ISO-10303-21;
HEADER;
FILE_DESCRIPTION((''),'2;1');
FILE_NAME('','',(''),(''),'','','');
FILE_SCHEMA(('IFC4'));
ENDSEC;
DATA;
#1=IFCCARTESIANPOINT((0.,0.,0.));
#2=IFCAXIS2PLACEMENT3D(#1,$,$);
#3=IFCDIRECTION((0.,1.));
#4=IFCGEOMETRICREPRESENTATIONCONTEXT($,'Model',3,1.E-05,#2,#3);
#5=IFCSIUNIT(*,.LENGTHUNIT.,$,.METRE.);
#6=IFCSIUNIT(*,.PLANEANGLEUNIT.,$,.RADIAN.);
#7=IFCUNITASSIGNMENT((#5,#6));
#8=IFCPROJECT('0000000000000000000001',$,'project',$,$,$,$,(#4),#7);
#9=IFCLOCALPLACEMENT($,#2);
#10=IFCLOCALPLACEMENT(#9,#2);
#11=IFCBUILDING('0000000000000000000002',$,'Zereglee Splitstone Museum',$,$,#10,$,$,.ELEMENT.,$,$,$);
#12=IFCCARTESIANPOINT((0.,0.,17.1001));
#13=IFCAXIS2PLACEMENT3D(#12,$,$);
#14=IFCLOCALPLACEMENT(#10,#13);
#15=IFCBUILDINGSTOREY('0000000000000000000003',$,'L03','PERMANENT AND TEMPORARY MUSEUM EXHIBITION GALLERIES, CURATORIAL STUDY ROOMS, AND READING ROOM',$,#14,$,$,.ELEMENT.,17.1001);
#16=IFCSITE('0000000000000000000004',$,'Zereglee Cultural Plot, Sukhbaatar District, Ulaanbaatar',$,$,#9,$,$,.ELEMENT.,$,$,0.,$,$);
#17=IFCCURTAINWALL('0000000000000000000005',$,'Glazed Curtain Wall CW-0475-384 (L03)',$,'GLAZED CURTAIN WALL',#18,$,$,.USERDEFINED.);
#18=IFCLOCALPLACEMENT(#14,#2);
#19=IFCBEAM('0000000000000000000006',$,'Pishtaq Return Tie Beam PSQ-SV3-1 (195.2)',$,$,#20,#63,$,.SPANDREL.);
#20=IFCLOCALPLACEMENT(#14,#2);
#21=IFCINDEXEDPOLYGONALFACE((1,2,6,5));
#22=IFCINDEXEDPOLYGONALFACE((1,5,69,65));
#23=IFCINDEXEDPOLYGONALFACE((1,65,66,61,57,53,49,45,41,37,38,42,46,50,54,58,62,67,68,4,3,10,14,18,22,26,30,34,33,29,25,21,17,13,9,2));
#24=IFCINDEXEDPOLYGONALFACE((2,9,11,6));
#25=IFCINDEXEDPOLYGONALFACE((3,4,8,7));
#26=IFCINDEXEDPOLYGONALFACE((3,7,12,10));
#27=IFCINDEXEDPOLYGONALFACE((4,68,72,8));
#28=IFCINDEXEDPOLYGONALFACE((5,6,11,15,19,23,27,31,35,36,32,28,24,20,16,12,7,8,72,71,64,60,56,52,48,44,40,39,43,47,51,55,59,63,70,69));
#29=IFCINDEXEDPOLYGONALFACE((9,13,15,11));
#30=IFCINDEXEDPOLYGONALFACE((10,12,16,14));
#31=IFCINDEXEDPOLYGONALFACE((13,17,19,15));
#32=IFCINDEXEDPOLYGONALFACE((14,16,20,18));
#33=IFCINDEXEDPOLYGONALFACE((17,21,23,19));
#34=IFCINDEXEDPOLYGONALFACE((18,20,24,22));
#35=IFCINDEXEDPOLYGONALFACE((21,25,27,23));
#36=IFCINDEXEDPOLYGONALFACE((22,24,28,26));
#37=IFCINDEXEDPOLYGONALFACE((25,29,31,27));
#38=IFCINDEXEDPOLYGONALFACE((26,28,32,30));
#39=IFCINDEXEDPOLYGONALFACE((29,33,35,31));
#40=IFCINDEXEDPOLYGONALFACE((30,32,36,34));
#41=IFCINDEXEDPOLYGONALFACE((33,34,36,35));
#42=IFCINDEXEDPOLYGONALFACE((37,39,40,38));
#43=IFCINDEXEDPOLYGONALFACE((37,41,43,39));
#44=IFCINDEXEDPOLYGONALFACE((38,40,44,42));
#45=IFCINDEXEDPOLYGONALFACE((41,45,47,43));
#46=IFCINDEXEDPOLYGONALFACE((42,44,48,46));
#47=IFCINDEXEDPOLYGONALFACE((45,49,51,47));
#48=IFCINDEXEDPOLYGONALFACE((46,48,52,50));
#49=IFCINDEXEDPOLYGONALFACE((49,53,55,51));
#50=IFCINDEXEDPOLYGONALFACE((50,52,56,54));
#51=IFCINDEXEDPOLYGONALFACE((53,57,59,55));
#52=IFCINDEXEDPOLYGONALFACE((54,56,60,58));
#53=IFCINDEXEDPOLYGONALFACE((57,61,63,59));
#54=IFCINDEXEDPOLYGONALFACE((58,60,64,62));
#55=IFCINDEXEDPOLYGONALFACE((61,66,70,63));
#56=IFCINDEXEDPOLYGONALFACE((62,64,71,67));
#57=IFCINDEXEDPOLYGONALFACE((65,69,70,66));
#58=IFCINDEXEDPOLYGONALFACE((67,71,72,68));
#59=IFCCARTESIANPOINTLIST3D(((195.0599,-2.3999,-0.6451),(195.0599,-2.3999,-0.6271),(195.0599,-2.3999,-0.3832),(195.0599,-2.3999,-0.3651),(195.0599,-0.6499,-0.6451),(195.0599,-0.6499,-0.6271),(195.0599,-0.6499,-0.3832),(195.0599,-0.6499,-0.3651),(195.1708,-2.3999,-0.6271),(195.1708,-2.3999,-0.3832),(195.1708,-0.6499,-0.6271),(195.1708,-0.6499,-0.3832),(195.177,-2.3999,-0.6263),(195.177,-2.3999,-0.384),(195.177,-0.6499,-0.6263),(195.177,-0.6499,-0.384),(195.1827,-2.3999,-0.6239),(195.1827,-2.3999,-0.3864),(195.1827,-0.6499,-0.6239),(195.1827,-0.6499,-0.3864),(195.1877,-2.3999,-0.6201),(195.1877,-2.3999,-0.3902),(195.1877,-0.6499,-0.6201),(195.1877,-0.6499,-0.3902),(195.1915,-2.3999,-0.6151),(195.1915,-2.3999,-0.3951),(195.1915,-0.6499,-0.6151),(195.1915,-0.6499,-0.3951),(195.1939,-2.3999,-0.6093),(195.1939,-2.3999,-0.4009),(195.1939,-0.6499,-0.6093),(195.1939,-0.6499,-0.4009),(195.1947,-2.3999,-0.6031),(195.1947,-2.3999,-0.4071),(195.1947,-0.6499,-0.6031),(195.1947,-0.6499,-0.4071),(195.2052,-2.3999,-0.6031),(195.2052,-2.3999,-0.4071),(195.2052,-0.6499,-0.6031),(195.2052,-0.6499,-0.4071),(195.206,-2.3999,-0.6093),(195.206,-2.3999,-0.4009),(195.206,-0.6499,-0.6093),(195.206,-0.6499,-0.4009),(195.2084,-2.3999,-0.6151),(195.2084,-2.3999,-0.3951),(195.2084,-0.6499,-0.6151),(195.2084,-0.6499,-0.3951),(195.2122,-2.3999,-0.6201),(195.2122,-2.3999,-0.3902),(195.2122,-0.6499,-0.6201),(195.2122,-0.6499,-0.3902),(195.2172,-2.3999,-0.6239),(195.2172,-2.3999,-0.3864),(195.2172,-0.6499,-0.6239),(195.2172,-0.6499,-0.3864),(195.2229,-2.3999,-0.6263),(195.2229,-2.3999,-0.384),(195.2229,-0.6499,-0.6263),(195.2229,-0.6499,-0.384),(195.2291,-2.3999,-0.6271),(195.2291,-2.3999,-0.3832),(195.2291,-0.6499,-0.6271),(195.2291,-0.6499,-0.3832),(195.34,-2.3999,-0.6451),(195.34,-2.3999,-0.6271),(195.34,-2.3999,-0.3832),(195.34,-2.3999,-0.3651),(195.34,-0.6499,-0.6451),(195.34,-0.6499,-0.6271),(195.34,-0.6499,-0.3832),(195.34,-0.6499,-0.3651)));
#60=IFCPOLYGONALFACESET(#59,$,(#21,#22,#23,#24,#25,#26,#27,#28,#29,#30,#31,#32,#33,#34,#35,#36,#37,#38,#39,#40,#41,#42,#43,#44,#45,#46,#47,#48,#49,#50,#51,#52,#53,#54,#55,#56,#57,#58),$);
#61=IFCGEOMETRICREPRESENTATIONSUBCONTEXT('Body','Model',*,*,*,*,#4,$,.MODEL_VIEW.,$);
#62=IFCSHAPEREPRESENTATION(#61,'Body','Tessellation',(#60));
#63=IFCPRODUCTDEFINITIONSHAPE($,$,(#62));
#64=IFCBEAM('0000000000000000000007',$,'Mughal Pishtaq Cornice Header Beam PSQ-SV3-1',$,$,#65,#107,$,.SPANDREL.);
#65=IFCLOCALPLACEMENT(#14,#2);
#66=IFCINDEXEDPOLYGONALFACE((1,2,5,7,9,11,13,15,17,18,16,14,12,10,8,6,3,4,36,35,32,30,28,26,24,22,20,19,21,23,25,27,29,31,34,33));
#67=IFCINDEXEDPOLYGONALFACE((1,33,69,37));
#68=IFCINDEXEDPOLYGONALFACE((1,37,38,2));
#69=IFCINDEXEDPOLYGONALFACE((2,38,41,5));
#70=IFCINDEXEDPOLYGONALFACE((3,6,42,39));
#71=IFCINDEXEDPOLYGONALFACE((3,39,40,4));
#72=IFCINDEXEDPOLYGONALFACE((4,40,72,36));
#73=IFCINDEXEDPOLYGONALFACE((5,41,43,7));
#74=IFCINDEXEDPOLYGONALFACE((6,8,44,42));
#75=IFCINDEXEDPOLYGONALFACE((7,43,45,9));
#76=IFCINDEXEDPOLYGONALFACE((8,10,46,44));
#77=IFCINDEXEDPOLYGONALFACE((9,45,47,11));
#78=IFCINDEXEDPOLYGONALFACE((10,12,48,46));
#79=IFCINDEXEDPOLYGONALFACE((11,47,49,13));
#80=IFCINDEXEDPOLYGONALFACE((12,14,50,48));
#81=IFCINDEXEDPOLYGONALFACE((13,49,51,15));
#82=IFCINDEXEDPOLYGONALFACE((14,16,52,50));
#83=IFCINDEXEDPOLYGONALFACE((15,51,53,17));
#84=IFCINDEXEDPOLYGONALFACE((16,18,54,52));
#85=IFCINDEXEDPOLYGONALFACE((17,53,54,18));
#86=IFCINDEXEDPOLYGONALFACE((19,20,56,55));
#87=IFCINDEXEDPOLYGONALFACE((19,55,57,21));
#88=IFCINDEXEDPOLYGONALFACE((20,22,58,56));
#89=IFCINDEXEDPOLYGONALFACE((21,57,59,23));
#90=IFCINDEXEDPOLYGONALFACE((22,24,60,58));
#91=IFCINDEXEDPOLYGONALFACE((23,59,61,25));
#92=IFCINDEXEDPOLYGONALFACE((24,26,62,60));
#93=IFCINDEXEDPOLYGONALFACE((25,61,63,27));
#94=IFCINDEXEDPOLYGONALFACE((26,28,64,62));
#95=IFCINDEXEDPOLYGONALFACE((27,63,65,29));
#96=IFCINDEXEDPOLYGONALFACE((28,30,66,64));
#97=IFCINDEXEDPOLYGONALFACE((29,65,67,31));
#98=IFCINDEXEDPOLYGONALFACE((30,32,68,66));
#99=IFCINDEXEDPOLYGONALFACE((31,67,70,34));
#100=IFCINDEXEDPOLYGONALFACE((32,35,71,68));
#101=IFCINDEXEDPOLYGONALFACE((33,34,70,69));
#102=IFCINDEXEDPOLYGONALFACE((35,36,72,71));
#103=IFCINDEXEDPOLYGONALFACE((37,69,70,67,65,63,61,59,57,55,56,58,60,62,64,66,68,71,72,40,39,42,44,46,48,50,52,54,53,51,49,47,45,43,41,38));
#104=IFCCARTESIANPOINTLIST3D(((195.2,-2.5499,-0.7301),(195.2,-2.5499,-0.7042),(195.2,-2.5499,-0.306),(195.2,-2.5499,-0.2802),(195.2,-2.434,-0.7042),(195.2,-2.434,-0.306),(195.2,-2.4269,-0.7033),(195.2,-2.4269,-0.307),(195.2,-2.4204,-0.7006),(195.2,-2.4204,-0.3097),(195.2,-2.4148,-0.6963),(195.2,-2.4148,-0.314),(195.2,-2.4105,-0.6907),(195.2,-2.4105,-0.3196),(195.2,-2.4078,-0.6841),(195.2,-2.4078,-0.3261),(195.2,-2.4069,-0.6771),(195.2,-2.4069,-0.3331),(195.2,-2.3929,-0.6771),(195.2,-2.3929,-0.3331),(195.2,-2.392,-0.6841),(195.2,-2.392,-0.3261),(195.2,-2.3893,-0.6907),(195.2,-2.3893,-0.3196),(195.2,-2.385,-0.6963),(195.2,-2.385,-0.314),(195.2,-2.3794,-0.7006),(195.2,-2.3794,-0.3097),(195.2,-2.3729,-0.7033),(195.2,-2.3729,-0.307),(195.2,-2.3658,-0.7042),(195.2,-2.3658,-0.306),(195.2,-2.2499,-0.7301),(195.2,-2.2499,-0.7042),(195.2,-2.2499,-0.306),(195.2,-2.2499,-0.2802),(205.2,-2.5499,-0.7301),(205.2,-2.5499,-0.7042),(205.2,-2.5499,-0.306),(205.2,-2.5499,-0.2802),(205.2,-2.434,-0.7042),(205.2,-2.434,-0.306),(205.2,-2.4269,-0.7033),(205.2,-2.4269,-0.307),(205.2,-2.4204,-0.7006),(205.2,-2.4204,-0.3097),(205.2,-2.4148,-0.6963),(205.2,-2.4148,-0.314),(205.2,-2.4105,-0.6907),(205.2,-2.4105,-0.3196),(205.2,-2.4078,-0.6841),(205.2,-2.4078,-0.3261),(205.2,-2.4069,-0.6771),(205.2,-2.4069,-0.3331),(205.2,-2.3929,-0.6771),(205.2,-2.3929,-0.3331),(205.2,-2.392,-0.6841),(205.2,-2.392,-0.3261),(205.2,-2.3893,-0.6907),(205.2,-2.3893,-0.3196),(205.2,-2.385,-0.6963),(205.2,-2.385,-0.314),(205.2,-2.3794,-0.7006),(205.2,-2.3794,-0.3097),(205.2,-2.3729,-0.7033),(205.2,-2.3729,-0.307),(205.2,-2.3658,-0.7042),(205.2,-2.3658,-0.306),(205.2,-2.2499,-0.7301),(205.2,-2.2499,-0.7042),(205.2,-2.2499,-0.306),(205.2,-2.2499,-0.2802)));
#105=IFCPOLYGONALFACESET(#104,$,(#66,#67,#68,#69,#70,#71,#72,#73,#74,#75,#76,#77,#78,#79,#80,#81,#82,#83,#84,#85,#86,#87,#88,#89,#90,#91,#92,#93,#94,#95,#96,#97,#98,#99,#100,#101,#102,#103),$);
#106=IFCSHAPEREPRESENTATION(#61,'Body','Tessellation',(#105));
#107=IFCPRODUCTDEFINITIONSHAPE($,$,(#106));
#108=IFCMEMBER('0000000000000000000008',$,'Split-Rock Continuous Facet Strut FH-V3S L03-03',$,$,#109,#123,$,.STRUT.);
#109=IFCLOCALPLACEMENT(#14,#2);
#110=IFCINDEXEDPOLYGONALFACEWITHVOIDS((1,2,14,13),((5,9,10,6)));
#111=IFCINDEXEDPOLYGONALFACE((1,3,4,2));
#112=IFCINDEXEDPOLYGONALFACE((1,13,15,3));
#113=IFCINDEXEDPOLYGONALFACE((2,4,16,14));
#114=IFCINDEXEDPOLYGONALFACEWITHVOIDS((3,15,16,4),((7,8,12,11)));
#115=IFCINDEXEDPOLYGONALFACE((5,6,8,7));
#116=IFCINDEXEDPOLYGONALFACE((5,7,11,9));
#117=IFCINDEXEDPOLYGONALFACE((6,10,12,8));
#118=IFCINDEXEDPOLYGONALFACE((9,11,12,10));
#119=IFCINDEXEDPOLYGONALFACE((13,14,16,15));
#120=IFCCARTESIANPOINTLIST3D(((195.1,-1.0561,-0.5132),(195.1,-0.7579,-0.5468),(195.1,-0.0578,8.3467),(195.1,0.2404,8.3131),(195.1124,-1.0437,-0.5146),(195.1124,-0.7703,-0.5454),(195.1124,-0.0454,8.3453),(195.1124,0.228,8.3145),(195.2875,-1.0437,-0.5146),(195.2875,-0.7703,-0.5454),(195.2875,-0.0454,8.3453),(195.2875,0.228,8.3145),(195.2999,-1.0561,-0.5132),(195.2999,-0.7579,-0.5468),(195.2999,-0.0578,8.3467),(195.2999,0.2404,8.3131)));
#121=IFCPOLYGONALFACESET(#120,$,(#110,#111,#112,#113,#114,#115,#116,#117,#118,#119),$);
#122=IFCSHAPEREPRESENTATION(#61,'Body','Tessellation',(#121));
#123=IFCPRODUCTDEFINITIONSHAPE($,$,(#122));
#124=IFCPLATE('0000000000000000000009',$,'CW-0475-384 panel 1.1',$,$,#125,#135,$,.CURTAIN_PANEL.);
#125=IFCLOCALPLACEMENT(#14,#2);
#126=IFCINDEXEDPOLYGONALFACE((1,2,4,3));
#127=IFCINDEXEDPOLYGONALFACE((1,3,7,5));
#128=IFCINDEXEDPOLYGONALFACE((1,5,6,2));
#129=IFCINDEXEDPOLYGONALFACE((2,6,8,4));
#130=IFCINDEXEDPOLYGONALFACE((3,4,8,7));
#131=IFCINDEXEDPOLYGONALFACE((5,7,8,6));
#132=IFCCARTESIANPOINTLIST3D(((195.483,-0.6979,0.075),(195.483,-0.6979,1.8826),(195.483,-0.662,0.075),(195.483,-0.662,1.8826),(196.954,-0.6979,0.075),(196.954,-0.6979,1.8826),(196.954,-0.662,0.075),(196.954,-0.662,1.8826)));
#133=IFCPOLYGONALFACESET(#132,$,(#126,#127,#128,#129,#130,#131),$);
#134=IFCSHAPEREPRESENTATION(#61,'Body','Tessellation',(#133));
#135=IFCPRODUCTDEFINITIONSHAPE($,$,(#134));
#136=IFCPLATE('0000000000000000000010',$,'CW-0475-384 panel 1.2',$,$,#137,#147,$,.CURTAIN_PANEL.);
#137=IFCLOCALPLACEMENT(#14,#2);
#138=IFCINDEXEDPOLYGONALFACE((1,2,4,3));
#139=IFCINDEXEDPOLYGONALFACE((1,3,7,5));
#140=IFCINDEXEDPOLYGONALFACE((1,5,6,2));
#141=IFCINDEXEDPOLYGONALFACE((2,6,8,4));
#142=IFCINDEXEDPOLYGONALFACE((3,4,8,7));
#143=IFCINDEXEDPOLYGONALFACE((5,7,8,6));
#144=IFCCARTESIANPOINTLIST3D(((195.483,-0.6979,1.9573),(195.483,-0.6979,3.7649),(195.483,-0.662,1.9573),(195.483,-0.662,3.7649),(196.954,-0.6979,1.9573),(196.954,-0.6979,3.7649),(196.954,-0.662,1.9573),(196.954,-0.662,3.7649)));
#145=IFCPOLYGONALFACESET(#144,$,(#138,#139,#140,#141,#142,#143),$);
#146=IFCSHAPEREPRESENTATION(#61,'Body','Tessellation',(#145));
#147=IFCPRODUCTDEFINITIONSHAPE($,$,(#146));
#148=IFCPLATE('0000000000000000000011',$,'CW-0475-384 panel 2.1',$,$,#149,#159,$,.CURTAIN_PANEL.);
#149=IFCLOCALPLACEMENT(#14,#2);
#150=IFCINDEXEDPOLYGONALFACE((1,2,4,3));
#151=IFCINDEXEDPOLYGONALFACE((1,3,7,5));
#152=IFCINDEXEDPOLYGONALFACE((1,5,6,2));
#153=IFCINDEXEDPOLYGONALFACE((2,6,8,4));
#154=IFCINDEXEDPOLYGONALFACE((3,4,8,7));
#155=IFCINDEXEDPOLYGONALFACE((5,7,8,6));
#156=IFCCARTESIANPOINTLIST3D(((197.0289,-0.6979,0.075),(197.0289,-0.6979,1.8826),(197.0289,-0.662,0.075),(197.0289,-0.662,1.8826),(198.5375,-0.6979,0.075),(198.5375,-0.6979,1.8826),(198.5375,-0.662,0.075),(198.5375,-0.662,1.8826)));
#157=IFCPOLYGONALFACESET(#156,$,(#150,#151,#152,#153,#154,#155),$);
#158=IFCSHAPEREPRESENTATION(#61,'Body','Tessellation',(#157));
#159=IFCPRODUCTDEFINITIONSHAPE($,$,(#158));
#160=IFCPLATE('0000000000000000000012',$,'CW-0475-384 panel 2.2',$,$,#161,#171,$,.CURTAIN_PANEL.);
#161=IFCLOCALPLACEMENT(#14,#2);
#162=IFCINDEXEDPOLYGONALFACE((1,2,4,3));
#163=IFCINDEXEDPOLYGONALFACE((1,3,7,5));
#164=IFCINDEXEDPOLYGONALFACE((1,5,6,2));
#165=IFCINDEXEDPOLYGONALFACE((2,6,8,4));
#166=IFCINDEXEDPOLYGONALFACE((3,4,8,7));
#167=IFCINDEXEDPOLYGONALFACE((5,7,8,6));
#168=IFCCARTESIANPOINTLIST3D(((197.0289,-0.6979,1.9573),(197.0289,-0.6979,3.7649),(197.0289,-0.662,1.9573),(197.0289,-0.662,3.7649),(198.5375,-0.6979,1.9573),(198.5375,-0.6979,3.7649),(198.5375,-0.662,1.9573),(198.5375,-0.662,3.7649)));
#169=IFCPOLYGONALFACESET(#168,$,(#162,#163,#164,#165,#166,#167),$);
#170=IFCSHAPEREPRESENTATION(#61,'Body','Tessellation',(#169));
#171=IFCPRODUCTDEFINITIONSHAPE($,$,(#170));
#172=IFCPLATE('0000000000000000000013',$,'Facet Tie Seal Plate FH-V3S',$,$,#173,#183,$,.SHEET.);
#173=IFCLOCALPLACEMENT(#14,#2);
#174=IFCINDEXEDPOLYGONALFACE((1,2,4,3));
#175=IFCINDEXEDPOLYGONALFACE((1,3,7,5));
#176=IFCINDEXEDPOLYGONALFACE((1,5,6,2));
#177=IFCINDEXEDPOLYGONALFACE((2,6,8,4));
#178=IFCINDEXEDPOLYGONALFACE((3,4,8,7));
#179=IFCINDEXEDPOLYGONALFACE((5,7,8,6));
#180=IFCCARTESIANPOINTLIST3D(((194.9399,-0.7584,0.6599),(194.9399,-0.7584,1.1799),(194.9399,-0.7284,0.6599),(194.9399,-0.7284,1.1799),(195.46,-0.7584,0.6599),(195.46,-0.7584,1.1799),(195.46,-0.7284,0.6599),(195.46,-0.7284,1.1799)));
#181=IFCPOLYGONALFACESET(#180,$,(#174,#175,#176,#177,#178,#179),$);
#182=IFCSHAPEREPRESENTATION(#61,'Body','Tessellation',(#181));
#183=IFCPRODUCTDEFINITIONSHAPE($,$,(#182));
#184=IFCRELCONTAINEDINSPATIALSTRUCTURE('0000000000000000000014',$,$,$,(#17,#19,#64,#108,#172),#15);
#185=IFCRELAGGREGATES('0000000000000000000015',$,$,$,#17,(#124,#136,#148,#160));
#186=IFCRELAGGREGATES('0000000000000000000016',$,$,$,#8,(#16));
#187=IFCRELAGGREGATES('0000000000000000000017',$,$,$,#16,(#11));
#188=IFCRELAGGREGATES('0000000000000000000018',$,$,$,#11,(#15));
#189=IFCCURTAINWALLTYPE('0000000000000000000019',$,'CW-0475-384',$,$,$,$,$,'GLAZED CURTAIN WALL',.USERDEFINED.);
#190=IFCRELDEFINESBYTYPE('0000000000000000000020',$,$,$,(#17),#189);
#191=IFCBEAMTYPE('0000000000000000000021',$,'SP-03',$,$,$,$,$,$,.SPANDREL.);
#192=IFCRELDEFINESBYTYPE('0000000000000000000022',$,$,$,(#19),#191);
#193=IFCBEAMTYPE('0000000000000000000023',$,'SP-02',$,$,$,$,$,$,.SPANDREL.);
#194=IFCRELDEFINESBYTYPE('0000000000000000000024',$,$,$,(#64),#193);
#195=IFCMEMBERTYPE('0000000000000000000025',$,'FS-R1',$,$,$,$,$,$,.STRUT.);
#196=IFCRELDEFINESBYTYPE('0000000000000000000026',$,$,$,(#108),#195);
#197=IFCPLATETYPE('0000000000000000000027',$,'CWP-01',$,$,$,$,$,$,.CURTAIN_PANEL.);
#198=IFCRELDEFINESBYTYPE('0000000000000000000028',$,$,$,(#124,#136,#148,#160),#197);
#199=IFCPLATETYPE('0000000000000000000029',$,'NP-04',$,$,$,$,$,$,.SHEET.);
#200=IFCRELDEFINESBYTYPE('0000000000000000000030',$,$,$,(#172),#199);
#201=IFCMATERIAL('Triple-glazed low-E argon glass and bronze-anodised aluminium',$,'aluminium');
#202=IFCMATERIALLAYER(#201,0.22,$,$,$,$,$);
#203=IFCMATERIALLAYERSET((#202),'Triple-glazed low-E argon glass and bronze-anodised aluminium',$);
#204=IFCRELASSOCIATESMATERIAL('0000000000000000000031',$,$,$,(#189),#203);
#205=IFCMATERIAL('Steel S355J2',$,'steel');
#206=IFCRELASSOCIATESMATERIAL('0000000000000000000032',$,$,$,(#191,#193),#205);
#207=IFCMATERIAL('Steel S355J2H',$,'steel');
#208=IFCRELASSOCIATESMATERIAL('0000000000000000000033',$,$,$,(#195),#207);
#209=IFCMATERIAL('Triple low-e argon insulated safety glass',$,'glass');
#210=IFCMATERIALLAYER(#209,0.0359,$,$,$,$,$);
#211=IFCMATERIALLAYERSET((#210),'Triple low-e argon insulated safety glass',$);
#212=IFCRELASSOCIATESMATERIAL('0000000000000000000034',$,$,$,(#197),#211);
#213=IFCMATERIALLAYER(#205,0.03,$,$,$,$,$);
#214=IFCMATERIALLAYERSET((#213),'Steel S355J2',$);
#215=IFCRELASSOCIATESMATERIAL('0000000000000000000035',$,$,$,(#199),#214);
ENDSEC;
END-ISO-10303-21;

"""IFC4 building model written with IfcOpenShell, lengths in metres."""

from ifc_helpers import new_model, si_unit, direction, frame, origin, origin_2d, place, context, subcontext, project, spatial, rectangle, hollow_rectangle, i_section, extrude, material, layer, layer_set, material_profile, profile_set, type_object, element, aggregate, save


model = new_model("IFC4")

# Units and contexts
model_context = context("Model", 3, precision=1e-05, world=origin(), true_north=direction((0.0, 1.0)))
body_context = subcontext(model_context, "Body", "Model", "MODEL_VIEW")
ifc_project = project(units=[si_unit("LENGTHUNIT", "METRE"), si_unit("PLANEANGLEUNIT", "RADIAN")], contexts=[model_context])

# Site, building, storey
site_placement = place(None, origin())
site = spatial("IfcSite", under=ifc_project, at=site_placement, Name="Zereglee Cultural Plot, Sukhbaatar District, Ulaanbaatar", CompositionType="ELEMENT", RefElevation=0.0)
building_placement = place(site_placement, origin())
building = spatial("IfcBuilding", under=site, at=building_placement, Name="Zereglee Splitstone Museum", CompositionType="ELEMENT")
storey_placement = place(building_placement, frame((0.0, 0.0, 17.1001)))
storey = spatial("IfcBuildingStorey", under=building, at=storey_placement, Name="L03", Description="PERMANENT AND TEMPORARY MUSEUM EXHIBITION GALLERIES, CURATORIAL STUDY ROOMS, AND READING ROOM", CompositionType="ELEMENT", Elevation=17.1001)

# Curtain wall
ifc_material_1 = material(Name="Triple-glazed low-E argon glass and bronze-anodised aluminium", Category="aluminium")
ifc_layer_1 = layer(ifc_material_1, 0.22)
ifc_layer_set_1 = layer_set([ifc_layer_1], Name="Triple-glazed low-E argon glass and bronze-anodised aluminium")
curtain_wall_type = type_object("IfcCurtainWallType", Name="CW-0475-384", ElementType="GLAZED CURTAIN WALL", PredefinedType="USERDEFINED", material=ifc_layer_set_1)
curtain_wall_placement = place(storey_placement, origin())
curtain_wall = element("IfcCurtainWall", 1, at=curtain_wall_placement, inside=storey, type_object=curtain_wall_type, Name="Glazed Curtain Wall CW-0475-384 (L03)", ObjectType="GLAZED CURTAIN WALL", PredefinedType="USERDEFINED")

# Beams
ifc_material_2 = material(Name="Steel S355J2", Category="steel")
ifc_material_profile_1 = material_profile(ifc_material_2, i_section(OverallWidth=0.28, OverallDepth=0.28, WebThickness=0.0105, FlangeThickness=0.0181, FilletRadius=0.0239, at=origin_2d()), Name="HE 280 B")
ifc_profile_set_1 = profile_set([ifc_material_profile_1], Name="Steel S355J2")
beam_type_1 = type_object("IfcBeamType", Name="SP-03", PredefinedType="SPANDREL", material=ifc_profile_set_1)
beam_1_placement = place(storey_placement, frame((195.2, -2.3999, -0.5051), z_axis=(0.0, 1.0, 0.0), x_axis=(-1.0, 0.0, 0.0)))
element("IfcBeam", 2, at=beam_1_placement, inside=storey, type_object=beam_type_1, Name="Pishtaq Return Tie Beam PSQ-SV3-1 (195.2)", PredefinedType="SPANDREL", context=body_context, shape_type="SweptSolid", body=[
    extrude(i_section(OverallWidth=0.28, OverallDepth=0.28, WebThickness=0.0105, FlangeThickness=0.0181, FilletRadius=0.0239, at=origin_2d()), origin(), (0.0, 0.0, 1.0), 1.75),
])
ifc_material_profile_2 = material_profile(ifc_material_2, i_section(OverallWidth=0.3, OverallDepth=0.45, WebThickness=0.0139, FlangeThickness=0.0259, FilletRadius=0.0271, at=origin_2d()), Name="HE 450 B")
ifc_profile_set_2 = profile_set([ifc_material_profile_2], Name="Steel S355J2")
beam_type_2 = type_object("IfcBeamType", Name="SP-02", PredefinedType="SPANDREL", material=ifc_profile_set_2)
beam_2_placement = place(storey_placement, frame((195.2, -2.3999, -0.5051), z_axis=(1.0, 0.0, 0.0), x_axis=(0.0, 1.0, 0.0)))
element("IfcBeam", 3, at=beam_2_placement, inside=storey, type_object=beam_type_2, Name="Mughal Pishtaq Cornice Header Beam PSQ-SV3-1", PredefinedType="SPANDREL", context=body_context, shape_type="SweptSolid", body=[
    extrude(i_section(OverallWidth=0.3, OverallDepth=0.45, WebThickness=0.0139, FlangeThickness=0.0259, FilletRadius=0.0271, at=origin_2d()), origin(), (0.0, 0.0, 1.0), 10.0),
])

# Member
ifc_material_3 = material(Name="Steel S355J2H", Category="steel")
ifc_material_profile_3 = material_profile(ifc_material_3, hollow_rectangle(XDim=0.2, YDim=0.3, WallThickness=0.0125, at=origin_2d()), Name="RHS 300x200x12.5")
ifc_profile_set_3 = profile_set([ifc_material_profile_3], Name="Steel S355J2H")
member_type_1 = type_object("IfcMemberType", Name="FS-R1", PredefinedType="STRUT", material=ifc_profile_set_3)
member_1_placement = place(storey_placement, frame((195.2, -0.907, -0.53), z_axis=(0.0, 0.111967, 0.993712), x_axis=(-1.0, 0.0, 0.0)))
element("IfcMember", 4, at=member_1_placement, inside=storey, type_object=member_type_1, Name="Split-Rock Continuous Facet Strut FH-V3S L03-03", PredefinedType="STRUT", context=body_context, shape_type="SweptSolid", body=[
    extrude(hollow_rectangle(XDim=0.2, YDim=0.3, WallThickness=0.0125, at=origin_2d()), origin(), (0.0, 0.0, 1.0), 8.916),
])

# Plates
ifc_material_4 = material(Name="Triple low-e argon insulated safety glass", Category="glass")
ifc_layer_2 = layer(ifc_material_4, 0.0359)
ifc_layer_set_2 = layer_set([ifc_layer_2], Name="Triple low-e argon insulated safety glass")
plate_type_1 = type_object("IfcPlateType", Name="CWP-01", PredefinedType="CURTAIN_PANEL", material=ifc_layer_set_2)
plate_1_placement = place(storey_placement, frame((196.2185, -0.6799, 0.075), z_axis=(0.0, 0.0, 1.0), x_axis=(1.0, 0.0, 0.0)))
plate_1 = element("IfcPlate", 5, at=plate_1_placement, type_object=plate_type_1, Name="CW-0475-384 panel 1.1", PredefinedType="CURTAIN_PANEL", context=body_context, shape_type="SweptSolid", body=[
    extrude(rectangle(XDim=1.4709, YDim=0.0359, at=origin_2d()), origin(), (0.0, 0.0, 1.0), 1.8076),
])
plate_2_placement = place(storey_placement, frame((196.2185, -0.6799, 1.9573), z_axis=(0.0, 0.0, 1.0), x_axis=(1.0, 0.0, 0.0)))
plate_2 = element("IfcPlate", 6, at=plate_2_placement, type_object=plate_type_1, Name="CW-0475-384 panel 1.2", PredefinedType="CURTAIN_PANEL", context=body_context, shape_type="SweptSolid", body=[
    extrude(rectangle(XDim=1.4709, YDim=0.0359, at=origin_2d()), origin(), (0.0, 0.0, 1.0), 1.8076),
])
plate_3_placement = place(storey_placement, frame((197.7832, -0.6799, 0.075), z_axis=(0.0, 0.0, 1.0), x_axis=(1.0, 0.0, 0.0)))
plate_3 = element("IfcPlate", 7, at=plate_3_placement, type_object=plate_type_1, Name="CW-0475-384 panel 2.1", PredefinedType="CURTAIN_PANEL", context=body_context, shape_type="SweptSolid", body=[
    extrude(rectangle(XDim=1.5085, YDim=0.0359, at=origin_2d()), origin(), (0.0, 0.0, 1.0), 1.8076),
])
plate_4_placement = place(storey_placement, frame((197.7832, -0.6799, 1.9573), z_axis=(0.0, 0.0, 1.0), x_axis=(1.0, 0.0, 0.0)))
plate_4 = element("IfcPlate", 8, at=plate_4_placement, type_object=plate_type_1, Name="CW-0475-384 panel 2.2", PredefinedType="CURTAIN_PANEL", context=body_context, shape_type="SweptSolid", body=[
    extrude(rectangle(XDim=1.5085, YDim=0.0359, at=origin_2d()), origin(), (0.0, 0.0, 1.0), 1.8076),
])
aggregate(curtain_wall, [plate_1, plate_2, plate_3, plate_4])
ifc_layer_3 = layer(ifc_material_2, 0.03)
ifc_layer_set_3 = layer_set([ifc_layer_3], Name="Steel S355J2")
plate_type_2 = type_object("IfcPlateType", Name="NP-04", PredefinedType="SHEET", material=ifc_layer_set_3)
plate_5_placement = place(storey_placement, frame((195.2, -0.7434, 0.6599), z_axis=(0.0, 0.0, 1.0), x_axis=(1.0, 0.0, 0.0)))
element("IfcPlate", 9, at=plate_5_placement, inside=storey, type_object=plate_type_2, Name="Facet Tie Seal Plate FH-V3S", PredefinedType="SHEET", context=body_context, shape_type="SweptSolid", body=[
    extrude(rectangle(XDim=0.52, YDim=0.03, at=origin_2d()), origin(), (0.0, 0.0, 1.0), 0.52),
])

save(model, "model.ifc")
